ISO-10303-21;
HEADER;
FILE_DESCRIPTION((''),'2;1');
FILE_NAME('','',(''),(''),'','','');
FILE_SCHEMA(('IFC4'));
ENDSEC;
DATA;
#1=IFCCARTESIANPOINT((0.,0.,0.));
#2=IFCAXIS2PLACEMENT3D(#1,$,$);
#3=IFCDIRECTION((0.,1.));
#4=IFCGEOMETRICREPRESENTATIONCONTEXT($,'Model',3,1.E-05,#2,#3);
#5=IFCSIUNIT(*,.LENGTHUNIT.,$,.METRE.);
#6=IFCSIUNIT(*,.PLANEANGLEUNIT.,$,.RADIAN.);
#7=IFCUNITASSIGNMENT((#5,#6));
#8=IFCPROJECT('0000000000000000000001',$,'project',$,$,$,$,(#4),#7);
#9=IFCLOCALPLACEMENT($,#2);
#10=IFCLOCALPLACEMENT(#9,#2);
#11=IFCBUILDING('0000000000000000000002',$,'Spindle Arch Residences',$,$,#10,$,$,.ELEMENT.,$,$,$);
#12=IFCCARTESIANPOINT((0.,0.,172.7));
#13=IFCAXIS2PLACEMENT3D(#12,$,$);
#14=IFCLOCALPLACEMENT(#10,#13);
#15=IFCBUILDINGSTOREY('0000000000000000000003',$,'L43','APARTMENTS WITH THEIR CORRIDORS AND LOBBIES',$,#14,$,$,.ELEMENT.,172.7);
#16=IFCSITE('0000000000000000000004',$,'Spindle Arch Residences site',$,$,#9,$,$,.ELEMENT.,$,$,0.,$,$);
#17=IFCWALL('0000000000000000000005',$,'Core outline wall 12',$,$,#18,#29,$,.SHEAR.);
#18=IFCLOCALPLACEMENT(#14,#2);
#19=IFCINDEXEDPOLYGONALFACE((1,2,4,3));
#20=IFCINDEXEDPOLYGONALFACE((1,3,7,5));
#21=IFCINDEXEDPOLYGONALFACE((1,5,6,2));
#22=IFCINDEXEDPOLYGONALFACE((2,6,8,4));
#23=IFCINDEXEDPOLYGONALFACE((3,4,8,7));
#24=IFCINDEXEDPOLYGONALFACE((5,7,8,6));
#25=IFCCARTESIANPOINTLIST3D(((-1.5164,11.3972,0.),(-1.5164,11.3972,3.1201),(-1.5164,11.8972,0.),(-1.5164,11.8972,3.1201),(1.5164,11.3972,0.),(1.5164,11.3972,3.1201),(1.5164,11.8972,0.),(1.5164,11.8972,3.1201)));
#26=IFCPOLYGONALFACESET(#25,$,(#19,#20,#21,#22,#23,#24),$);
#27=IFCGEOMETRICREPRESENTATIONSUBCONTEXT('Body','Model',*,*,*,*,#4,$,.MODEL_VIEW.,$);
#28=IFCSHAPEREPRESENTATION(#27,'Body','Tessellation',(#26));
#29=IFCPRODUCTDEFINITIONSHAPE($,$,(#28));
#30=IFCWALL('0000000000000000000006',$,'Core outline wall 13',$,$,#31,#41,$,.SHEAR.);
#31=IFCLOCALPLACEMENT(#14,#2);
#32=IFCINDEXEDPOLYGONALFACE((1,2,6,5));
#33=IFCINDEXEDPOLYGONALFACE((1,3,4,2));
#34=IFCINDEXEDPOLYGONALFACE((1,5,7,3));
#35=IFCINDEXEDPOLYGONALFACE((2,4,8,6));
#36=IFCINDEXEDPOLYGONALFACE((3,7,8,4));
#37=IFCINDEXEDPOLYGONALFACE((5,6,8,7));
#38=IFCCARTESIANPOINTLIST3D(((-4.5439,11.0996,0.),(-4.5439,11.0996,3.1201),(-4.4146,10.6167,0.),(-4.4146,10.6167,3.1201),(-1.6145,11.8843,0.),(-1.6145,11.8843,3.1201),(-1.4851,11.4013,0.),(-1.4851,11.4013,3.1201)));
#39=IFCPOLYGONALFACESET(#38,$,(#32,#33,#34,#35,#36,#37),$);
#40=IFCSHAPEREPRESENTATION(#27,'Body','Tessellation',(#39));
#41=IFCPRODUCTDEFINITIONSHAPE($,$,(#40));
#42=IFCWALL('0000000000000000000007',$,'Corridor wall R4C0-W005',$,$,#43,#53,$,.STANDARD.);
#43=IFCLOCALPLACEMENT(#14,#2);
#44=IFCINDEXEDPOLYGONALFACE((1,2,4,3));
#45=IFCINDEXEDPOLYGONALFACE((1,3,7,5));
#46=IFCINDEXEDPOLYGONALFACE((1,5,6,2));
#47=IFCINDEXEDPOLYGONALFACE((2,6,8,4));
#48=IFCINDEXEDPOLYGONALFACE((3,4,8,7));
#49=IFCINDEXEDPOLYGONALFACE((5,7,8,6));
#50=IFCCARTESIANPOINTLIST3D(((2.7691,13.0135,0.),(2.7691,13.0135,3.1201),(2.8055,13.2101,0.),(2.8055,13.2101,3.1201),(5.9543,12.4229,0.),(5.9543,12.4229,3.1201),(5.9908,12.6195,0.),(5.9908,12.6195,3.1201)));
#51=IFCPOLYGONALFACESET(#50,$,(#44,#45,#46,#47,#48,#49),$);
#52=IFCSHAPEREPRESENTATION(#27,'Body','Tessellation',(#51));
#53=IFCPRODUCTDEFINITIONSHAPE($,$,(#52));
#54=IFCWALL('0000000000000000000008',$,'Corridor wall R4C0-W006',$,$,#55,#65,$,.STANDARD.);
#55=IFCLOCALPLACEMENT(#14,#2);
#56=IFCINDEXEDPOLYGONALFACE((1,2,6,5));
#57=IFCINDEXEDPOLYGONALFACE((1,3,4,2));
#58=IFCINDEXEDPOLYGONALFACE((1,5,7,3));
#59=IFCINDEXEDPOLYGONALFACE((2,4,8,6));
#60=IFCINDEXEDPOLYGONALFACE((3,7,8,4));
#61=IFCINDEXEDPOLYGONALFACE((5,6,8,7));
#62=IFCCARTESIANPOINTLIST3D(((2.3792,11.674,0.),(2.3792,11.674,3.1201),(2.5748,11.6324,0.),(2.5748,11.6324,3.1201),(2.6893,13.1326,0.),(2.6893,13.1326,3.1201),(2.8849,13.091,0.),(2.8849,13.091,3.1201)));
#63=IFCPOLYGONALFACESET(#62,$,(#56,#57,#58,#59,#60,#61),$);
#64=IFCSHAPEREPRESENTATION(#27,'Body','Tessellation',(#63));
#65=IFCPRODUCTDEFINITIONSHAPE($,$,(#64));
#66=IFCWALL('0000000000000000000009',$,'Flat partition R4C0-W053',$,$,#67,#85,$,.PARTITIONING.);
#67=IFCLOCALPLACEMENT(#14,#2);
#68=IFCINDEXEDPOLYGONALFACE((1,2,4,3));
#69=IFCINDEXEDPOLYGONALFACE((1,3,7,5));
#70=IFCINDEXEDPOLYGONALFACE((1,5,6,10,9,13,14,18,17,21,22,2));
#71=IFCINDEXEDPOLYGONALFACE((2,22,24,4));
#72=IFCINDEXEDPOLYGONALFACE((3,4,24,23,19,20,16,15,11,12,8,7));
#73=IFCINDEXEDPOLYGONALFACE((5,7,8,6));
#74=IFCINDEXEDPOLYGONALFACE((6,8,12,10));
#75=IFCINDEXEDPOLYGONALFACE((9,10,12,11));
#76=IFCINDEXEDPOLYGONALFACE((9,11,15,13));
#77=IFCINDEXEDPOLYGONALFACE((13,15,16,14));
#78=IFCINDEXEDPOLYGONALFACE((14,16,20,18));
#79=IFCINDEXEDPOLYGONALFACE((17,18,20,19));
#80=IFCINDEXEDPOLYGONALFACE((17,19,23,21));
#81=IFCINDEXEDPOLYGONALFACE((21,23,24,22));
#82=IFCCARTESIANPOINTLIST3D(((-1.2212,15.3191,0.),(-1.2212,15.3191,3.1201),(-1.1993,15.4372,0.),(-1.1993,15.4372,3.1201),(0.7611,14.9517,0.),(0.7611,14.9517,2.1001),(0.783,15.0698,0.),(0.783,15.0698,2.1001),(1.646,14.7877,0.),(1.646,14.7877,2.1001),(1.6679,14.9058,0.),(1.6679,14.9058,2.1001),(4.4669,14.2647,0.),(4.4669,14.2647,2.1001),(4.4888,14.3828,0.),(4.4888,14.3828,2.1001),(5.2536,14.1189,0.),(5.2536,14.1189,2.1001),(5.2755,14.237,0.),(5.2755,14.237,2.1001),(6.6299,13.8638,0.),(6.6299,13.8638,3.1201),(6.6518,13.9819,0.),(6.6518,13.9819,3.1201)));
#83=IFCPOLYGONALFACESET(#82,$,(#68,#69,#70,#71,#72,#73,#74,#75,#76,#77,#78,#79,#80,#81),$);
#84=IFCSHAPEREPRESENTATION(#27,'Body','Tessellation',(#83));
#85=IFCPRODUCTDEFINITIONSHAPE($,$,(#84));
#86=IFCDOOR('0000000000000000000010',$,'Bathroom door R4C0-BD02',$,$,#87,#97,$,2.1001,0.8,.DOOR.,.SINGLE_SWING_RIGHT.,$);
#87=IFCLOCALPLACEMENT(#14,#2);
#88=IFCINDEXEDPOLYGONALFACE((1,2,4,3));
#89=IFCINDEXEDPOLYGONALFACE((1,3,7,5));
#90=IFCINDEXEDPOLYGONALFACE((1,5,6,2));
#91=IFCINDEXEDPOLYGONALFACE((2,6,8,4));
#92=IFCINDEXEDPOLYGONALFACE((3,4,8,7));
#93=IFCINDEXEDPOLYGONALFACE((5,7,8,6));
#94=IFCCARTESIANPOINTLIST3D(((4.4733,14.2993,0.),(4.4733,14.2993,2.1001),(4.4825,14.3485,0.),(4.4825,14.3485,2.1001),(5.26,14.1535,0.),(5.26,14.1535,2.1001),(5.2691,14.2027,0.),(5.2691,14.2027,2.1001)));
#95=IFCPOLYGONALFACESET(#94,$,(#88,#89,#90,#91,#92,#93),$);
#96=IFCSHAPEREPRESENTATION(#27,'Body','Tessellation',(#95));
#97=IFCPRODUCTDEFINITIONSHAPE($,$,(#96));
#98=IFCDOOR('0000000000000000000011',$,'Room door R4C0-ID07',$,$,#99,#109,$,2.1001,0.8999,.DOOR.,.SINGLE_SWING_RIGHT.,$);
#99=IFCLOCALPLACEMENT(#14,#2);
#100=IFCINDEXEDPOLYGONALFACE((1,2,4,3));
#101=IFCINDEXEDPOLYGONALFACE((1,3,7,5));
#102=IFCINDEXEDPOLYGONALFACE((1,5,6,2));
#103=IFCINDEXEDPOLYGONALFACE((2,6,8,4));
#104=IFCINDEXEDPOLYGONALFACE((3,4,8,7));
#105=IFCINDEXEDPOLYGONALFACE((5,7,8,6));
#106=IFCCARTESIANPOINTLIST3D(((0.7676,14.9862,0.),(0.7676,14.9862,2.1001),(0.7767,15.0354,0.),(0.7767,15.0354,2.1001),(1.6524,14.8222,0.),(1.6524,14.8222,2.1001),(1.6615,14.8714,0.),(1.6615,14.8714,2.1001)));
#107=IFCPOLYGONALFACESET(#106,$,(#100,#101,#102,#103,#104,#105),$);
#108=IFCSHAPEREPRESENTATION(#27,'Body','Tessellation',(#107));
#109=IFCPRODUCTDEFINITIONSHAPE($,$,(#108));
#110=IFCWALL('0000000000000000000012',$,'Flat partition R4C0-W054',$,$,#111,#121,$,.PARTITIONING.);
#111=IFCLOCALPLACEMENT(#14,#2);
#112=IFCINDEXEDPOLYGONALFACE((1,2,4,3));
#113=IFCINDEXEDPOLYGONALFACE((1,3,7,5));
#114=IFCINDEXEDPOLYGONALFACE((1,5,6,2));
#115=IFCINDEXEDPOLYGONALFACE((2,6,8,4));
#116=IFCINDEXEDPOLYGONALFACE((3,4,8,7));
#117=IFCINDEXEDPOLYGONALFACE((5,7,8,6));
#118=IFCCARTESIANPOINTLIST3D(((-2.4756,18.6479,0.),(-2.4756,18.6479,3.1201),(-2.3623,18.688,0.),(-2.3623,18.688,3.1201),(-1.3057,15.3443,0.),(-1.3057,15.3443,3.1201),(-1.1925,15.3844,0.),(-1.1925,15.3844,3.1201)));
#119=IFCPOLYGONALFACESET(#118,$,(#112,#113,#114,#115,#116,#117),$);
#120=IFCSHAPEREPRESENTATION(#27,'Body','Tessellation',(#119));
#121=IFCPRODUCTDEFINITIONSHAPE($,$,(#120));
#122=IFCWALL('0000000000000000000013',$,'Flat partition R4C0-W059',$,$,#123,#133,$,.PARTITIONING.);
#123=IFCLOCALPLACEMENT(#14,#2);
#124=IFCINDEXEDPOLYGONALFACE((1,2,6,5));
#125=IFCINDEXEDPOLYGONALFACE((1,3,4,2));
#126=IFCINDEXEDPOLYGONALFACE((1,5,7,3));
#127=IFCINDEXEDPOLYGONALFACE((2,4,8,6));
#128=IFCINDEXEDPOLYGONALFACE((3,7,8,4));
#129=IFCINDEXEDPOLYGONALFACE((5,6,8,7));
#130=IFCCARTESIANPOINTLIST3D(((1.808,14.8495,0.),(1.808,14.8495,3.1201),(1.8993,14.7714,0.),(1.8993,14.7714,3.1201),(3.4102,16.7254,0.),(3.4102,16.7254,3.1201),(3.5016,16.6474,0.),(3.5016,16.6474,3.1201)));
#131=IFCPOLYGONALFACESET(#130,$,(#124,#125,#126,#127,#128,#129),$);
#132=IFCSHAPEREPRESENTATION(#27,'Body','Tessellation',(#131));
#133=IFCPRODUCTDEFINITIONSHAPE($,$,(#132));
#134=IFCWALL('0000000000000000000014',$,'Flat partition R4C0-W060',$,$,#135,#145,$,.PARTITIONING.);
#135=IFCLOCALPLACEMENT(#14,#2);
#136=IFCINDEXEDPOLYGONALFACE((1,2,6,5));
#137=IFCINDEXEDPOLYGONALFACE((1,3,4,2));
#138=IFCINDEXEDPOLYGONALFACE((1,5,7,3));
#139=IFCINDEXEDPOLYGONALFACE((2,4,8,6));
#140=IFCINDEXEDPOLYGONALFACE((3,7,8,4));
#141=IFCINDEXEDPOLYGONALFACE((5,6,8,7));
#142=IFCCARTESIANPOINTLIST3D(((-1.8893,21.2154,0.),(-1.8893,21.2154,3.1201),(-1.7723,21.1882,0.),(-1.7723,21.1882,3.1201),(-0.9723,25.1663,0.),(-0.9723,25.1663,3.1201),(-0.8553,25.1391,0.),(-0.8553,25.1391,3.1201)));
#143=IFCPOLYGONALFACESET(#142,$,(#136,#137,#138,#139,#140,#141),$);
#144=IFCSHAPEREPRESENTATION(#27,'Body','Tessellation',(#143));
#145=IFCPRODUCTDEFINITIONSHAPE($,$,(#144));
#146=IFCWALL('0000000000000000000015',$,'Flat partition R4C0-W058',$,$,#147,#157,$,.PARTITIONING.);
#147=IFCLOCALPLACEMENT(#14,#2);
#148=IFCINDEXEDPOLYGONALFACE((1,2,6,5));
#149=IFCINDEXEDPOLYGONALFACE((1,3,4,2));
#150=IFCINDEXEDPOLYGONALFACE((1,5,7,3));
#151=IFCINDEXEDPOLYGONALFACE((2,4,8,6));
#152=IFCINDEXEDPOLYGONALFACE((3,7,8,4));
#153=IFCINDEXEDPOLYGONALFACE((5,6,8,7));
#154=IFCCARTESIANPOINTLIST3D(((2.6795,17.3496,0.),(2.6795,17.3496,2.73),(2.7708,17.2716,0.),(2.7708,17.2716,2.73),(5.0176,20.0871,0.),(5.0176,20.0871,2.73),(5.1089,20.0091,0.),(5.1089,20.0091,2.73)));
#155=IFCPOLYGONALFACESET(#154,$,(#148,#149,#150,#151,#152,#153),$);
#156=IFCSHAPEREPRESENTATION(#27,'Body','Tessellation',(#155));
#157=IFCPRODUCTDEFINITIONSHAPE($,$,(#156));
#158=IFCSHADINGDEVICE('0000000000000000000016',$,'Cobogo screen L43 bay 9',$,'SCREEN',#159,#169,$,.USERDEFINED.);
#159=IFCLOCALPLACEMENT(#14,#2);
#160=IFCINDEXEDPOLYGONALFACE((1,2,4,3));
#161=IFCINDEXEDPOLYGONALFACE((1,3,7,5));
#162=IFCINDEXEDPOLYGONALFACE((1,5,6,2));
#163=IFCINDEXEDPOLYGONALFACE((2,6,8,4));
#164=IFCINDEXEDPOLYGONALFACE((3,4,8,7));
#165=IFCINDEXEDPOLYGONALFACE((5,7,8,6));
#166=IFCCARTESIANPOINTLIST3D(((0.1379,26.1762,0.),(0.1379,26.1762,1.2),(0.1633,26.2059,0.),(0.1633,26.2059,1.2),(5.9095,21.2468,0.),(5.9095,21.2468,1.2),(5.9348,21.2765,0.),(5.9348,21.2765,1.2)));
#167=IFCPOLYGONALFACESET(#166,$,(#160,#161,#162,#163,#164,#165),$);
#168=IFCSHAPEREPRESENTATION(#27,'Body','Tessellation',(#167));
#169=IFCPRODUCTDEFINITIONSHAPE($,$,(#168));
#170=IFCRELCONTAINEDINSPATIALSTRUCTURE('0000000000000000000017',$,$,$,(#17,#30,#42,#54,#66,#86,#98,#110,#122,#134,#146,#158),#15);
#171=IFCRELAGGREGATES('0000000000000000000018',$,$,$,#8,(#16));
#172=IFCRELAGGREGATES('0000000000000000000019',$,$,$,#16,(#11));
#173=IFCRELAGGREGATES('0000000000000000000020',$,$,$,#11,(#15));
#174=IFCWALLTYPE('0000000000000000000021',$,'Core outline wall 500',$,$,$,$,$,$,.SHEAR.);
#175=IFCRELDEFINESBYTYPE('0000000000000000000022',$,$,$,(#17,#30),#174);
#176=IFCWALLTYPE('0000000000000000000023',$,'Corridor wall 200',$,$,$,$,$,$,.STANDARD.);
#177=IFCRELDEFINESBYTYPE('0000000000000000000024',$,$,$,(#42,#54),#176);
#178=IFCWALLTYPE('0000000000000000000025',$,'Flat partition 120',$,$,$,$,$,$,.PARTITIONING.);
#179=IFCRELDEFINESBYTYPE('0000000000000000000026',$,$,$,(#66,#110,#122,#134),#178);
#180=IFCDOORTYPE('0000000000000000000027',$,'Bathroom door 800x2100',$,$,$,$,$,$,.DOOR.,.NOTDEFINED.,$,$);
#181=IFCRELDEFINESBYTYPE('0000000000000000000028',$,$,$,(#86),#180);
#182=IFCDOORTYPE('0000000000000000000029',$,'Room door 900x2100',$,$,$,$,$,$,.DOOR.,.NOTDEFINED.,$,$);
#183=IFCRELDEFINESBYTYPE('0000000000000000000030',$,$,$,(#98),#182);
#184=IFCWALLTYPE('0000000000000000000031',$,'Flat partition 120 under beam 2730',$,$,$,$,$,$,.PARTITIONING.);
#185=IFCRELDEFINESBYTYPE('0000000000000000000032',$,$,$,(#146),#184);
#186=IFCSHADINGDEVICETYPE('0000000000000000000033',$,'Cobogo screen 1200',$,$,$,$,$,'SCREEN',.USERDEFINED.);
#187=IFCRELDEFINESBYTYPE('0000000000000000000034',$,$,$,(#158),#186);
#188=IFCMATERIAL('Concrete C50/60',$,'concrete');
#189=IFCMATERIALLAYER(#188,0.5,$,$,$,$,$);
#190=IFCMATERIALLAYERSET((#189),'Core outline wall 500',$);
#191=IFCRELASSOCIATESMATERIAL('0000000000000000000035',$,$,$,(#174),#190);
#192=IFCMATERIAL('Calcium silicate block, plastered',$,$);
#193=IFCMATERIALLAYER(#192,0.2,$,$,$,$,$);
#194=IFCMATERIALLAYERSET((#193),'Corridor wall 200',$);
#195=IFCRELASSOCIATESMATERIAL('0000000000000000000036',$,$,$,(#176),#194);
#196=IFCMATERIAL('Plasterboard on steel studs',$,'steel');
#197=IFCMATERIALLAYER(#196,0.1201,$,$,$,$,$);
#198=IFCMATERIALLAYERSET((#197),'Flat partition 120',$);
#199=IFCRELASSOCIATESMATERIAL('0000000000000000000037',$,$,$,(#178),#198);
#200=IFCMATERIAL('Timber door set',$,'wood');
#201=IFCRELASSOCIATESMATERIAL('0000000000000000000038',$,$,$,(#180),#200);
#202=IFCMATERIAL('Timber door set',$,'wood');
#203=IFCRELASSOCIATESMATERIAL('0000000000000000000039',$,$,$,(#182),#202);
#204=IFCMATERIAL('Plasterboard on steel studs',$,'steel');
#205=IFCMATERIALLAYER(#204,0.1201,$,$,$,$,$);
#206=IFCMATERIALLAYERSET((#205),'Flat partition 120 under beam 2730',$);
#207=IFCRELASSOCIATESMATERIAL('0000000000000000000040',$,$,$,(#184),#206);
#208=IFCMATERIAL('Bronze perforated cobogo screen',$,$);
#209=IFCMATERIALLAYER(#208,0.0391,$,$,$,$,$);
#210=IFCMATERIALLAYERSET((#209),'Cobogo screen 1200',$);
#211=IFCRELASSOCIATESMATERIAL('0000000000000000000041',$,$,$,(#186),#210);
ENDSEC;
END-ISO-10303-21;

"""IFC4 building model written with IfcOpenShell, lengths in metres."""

from ifc_helpers import new_model, si_unit, direction, frame, frame_2d, origin, origin_2d, place, context, subcontext, project, spatial, rectangle, extrude, material, layer, layer_set, type_object, element, fill, save


model = new_model("IFC4")

# Units and contexts
model_context = context("Model", 3, precision=1e-05, world=origin(), true_north=direction((0.0, 1.0)))
body_context = subcontext(model_context, "Body", "Model", "MODEL_VIEW")
ifc_project = project(units=[si_unit("LENGTHUNIT", "METRE"), si_unit("PLANEANGLEUNIT", "RADIAN")], contexts=[model_context])

# Site, building, storey
site_placement = place(None, origin())
site = spatial("IfcSite", under=ifc_project, at=site_placement, Name="Spindle Arch Residences site", CompositionType="ELEMENT", RefElevation=0.0)
building_placement = place(site_placement, origin())
building = spatial("IfcBuilding", under=site, at=building_placement, Name="Spindle Arch Residences", CompositionType="ELEMENT")
storey_placement = place(building_placement, frame((0.0, 0.0, 172.7)))
storey = spatial("IfcBuildingStorey", under=building, at=storey_placement, Name="L43", Description="APARTMENTS WITH THEIR CORRIDORS AND LOBBIES", CompositionType="ELEMENT", Elevation=172.7)

# Walls
ifc_material_1 = material(Name="Concrete C50/60", Category="concrete")
ifc_layer_1 = layer(ifc_material_1, 0.5)
ifc_layer_set_1 = layer_set([ifc_layer_1], Name="Core outline wall 500")
wall_type_1 = type_object("IfcWallType", Name="Core outline wall 500", PredefinedType="SHEAR", material=ifc_layer_set_1)
for number, where, z_axis, x_axis, name in (
    (1, (1.5164, 11.6472, 0.0), (0.0, 0.0, 1.0), (-1.0, 0.0, 0.0), "Core outline wall 12"),
    (2, (-1.5498, 11.6428, 0.0), (0.0, 0.0, 1.0), (-0.965948, -0.258735, 0.0), "Core outline wall 13"),
):
    element("IfcWall", number, at=place(storey_placement, frame(where, z_axis=z_axis, x_axis=x_axis)), inside=storey, type_object=wall_type_1, Name=name, PredefinedType="SHEAR", context=body_context, shape_type="SweptSolid", body=[
        extrude(rectangle(XDim=3.0327, YDim=0.5, at=frame_2d((1.5164, 0.0))), origin(), (0.0, 0.0, 1.0), 3.1201),
    ])
ifc_material_2 = material(Name="Calcium silicate block, plastered")
ifc_layer_2 = layer(ifc_material_2, 0.2)
ifc_layer_set_2 = layer_set([ifc_layer_2], Name="Corridor wall 200")
wall_type_2 = type_object("IfcWallType", Name="Corridor wall 200", PredefinedType="STANDARD", material=ifc_layer_set_2)
wall_1_placement = place(storey_placement, frame((5.9724, 12.5212, 0.0), z_axis=(0.0, 0.0, 1.0), x_axis=(-0.983243, 0.1823, 0.0)))
element("IfcWall", 3, at=wall_1_placement, inside=storey, type_object=wall_type_2, Name="Corridor wall R4C0-W005", PredefinedType="STANDARD", context=body_context, shape_type="SweptSolid", body=[
    extrude(rectangle(XDim=3.2395, YDim=0.2, at=frame_2d((1.6196, 0.0))), origin(), (0.0, 0.0, 1.0), 3.1201),
])
wall_2_placement = place(storey_placement, frame((2.7871, 13.1118, 0.0), z_axis=(0.0, 0.0, 1.0), x_axis=(-0.207941, -0.978141, 0.0)))
element("IfcWall", 4, at=wall_2_placement, inside=storey, type_object=wall_type_2, Name="Corridor wall R4C0-W006", PredefinedType="STANDARD", context=body_context, shape_type="SweptSolid", body=[
    extrude(rectangle(XDim=1.4912, YDim=0.2, at=frame_2d((0.7456, 0.0))), origin(), (0.0, 0.0, 1.0), 3.1201),
])

# Wall, openings, doors
ifc_material_3 = material(Name="Plasterboard on steel studs", Category="steel")
ifc_layer_3 = layer(ifc_material_3, 0.1201)
ifc_layer_set_3 = layer_set([ifc_layer_3], Name="Flat partition 120")
wall_type_3 = type_object("IfcWallType", Name="Flat partition 120", PredefinedType="PARTITIONING", material=ifc_layer_set_3)
wall_3_placement = place(storey_placement, frame((6.6409, 13.9229, 0.0), z_axis=(0.0, 0.0, 1.0), x_axis=(-0.98325, 0.182261, 0.0)))
wall_3 = element("IfcWall", 5, at=wall_3_placement, inside=storey, type_object=wall_type_3, Name="Flat partition R4C0-W053", PredefinedType="PARTITIONING", context=body_context, shape_type="SweptSolid", body=[
    extrude(rectangle(XDim=7.9849, YDim=0.1201, at=frame_2d((3.9924, 0.0))), origin(), (0.0, 0.0, 1.0), 3.1201),
])
opening_1_placement = place(wall_3_placement, frame((1.3999, 0.0, 0.0)))
opening_1 = element("IfcOpeningElement", 6, at=opening_1_placement, cuts=wall_3, PredefinedType="OPENING", context=body_context, shape_type="SweptSolid", body=[
    extrude(rectangle(XDim=0.8, YDim=2.1001, at=frame_2d((0.3999, 1.05))), frame((0.0, 0.0701, 0.0), z_axis=(0.0, -1.0, 0.0), x_axis=(1.0, 0.0, 0.0)), (0.0, 0.0, 1.0), 0.1401),
])
opening_2_placement = place(wall_3_placement, frame((5.0688, 0.0, 0.0)))
opening_2 = element("IfcOpeningElement", 7, at=opening_2_placement, cuts=wall_3, PredefinedType="OPENING", context=body_context, shape_type="SweptSolid", body=[
    extrude(rectangle(XDim=0.8999, YDim=2.1001, at=frame_2d((0.45, 1.05))), frame((0.0, 0.0701, 0.0), z_axis=(0.0, -1.0, 0.0), x_axis=(1.0, 0.0, 0.0)), (0.0, 0.0, 1.0), 0.1401),
])
ifc_material_4 = material(Name="Timber door set", Category="wood")
door_type_1 = type_object("IfcDoorType", Name="Bathroom door 800x2100", OperationType="NOTDEFINED", PredefinedType="DOOR", material=ifc_material_4)
door_1_placement = place(opening_1_placement, origin())
door_1 = element("IfcDoor", 8, at=door_1_placement, inside=storey, type_object=door_type_1, Name="Bathroom door R4C0-BD02", OperationType="SINGLE_SWING_RIGHT", OverallHeight=2.1001, OverallWidth=0.8, PredefinedType="DOOR", context=body_context, shape_type="SweptSolid", body=[
    extrude(rectangle(XDim=0.8, YDim=2.1001, at=frame_2d((0.3999, 1.05))), frame((0.0, 0.0249, 0.0), z_axis=(0.0, -1.0, 0.0), x_axis=(1.0, 0.0, 0.0)), (0.0, 0.0, 1.0), 0.05),
])
fill(opening_1, door_1)
ifc_material_5 = material(Name="Timber door set", Category="wood")
door_type_2 = type_object("IfcDoorType", Name="Room door 900x2100", OperationType="NOTDEFINED", PredefinedType="DOOR", material=ifc_material_5)
door_2_placement = place(opening_2_placement, origin())
door_2 = element("IfcDoor", 9, at=door_2_placement, inside=storey, type_object=door_type_2, Name="Room door R4C0-ID07", OperationType="SINGLE_SWING_RIGHT", OverallHeight=2.1001, OverallWidth=0.8999, PredefinedType="DOOR", context=body_context, shape_type="SweptSolid", body=[
    extrude(rectangle(XDim=0.8999, YDim=2.1001, at=frame_2d((0.45, 1.05))), frame((0.0, 0.0249, 0.0), z_axis=(0.0, -1.0, 0.0), x_axis=(1.0, 0.0, 0.0)), (0.0, 0.0, 1.0), 0.05),
])
fill(opening_2, door_2)

# Walls
wall_4_placement = place(storey_placement, frame((-1.249, 15.3643, 0.0), z_axis=(0.0, 0.0, 1.0), x_axis=(-0.333811, 0.94264, 0.0)))
element("IfcWall", 10, at=wall_4_placement, inside=storey, type_object=wall_type_3, Name="Flat partition R4C0-W054", PredefinedType="PARTITIONING", context=body_context, shape_type="SweptSolid", body=[
    extrude(rectangle(XDim=3.5046, YDim=0.1201, at=frame_2d((1.7524, 0.0))), origin(), (0.0, 0.0, 1.0), 3.1201),
])
wall_5_placement = place(storey_placement, frame((3.4558, 16.6863, 0.0), z_axis=(0.0, 0.0, 1.0), x_axis=(-0.649462, -0.760394, 0.0)))
element("IfcWall", 11, at=wall_5_placement, inside=storey, type_object=wall_type_3, Name="Flat partition R4C0-W059", PredefinedType="PARTITIONING", context=body_context, shape_type="SweptSolid", body=[
    extrude(rectangle(XDim=2.467, YDim=0.1201, at=frame_2d((1.2334, 0.0))), origin(), (0.0, 0.0, 1.0), 3.1201),
])
wall_6_placement = place(storey_placement, frame((-0.9138, 25.1526, 0.0), z_axis=(0.0, 0.0, 1.0), x_axis=(-0.226086, -0.974107, 0.0)))
element("IfcWall", 12, at=wall_6_placement, inside=storey, type_object=wall_type_3, Name="Flat partition R4C0-W060", PredefinedType="PARTITIONING", context=body_context, shape_type="SweptSolid", body=[
    extrude(rectangle(XDim=4.0559, YDim=0.1201, at=frame_2d((2.0278, 0.0))), origin(), (0.0, 0.0, 1.0), 3.1201),
])
ifc_material_6 = material(Name="Plasterboard on steel studs", Category="steel")
ifc_layer_4 = layer(ifc_material_6, 0.1201)
ifc_layer_set_4 = layer_set([ifc_layer_4], Name="Flat partition 120 under beam 2730")
wall_type_4 = type_object("IfcWallType", Name="Flat partition 120 under beam 2730", PredefinedType="PARTITIONING", material=ifc_layer_set_4)
wall_7_placement = place(storey_placement, frame((5.0632, 20.0481, 0.0), z_axis=(0.0, 0.0, 1.0), x_axis=(-0.649456, -0.760399, 0.0)))
element("IfcWall", 13, at=wall_7_placement, inside=storey, type_object=wall_type_4, Name="Flat partition R4C0-W058", PredefinedType="PARTITIONING", context=body_context, shape_type="SweptSolid", body=[
    extrude(rectangle(XDim=3.6001, YDim=0.1201, at=frame_2d((1.8, 0.0))), origin(), (0.0, 0.0, 1.0), 2.73),
])

# Shading device
ifc_material_7 = material(Name="Bronze perforated cobogo screen")
ifc_layer_5 = layer(ifc_material_7, 0.0391)
ifc_layer_set_5 = layer_set([ifc_layer_5], Name="Cobogo screen 1200")
shading_device_type = type_object("IfcShadingDeviceType", Name="Cobogo screen 1200", ElementType="SCREEN", PredefinedType="USERDEFINED", material=ifc_layer_set_5)
shading_device_placement = place(storey_placement, frame((3.0364, 23.7263, 0.0), z_axis=(0.0, 0.0, 1.0), x_axis=(-0.760406, 0.649448, 0.0)))
element("IfcShadingDevice", 14, at=shading_device_placement, inside=storey, type_object=shading_device_type, Name="Cobogo screen L43 bay 9", ObjectType="SCREEN", PredefinedType="USERDEFINED", context=body_context, shape_type="SweptSolid", body=[
    extrude(rectangle(XDim=7.5901, YDim=0.0391, at=origin_2d()), origin(), (0.0, 0.0, 1.0), 1.2),
])

save(model, "model.ifc")
